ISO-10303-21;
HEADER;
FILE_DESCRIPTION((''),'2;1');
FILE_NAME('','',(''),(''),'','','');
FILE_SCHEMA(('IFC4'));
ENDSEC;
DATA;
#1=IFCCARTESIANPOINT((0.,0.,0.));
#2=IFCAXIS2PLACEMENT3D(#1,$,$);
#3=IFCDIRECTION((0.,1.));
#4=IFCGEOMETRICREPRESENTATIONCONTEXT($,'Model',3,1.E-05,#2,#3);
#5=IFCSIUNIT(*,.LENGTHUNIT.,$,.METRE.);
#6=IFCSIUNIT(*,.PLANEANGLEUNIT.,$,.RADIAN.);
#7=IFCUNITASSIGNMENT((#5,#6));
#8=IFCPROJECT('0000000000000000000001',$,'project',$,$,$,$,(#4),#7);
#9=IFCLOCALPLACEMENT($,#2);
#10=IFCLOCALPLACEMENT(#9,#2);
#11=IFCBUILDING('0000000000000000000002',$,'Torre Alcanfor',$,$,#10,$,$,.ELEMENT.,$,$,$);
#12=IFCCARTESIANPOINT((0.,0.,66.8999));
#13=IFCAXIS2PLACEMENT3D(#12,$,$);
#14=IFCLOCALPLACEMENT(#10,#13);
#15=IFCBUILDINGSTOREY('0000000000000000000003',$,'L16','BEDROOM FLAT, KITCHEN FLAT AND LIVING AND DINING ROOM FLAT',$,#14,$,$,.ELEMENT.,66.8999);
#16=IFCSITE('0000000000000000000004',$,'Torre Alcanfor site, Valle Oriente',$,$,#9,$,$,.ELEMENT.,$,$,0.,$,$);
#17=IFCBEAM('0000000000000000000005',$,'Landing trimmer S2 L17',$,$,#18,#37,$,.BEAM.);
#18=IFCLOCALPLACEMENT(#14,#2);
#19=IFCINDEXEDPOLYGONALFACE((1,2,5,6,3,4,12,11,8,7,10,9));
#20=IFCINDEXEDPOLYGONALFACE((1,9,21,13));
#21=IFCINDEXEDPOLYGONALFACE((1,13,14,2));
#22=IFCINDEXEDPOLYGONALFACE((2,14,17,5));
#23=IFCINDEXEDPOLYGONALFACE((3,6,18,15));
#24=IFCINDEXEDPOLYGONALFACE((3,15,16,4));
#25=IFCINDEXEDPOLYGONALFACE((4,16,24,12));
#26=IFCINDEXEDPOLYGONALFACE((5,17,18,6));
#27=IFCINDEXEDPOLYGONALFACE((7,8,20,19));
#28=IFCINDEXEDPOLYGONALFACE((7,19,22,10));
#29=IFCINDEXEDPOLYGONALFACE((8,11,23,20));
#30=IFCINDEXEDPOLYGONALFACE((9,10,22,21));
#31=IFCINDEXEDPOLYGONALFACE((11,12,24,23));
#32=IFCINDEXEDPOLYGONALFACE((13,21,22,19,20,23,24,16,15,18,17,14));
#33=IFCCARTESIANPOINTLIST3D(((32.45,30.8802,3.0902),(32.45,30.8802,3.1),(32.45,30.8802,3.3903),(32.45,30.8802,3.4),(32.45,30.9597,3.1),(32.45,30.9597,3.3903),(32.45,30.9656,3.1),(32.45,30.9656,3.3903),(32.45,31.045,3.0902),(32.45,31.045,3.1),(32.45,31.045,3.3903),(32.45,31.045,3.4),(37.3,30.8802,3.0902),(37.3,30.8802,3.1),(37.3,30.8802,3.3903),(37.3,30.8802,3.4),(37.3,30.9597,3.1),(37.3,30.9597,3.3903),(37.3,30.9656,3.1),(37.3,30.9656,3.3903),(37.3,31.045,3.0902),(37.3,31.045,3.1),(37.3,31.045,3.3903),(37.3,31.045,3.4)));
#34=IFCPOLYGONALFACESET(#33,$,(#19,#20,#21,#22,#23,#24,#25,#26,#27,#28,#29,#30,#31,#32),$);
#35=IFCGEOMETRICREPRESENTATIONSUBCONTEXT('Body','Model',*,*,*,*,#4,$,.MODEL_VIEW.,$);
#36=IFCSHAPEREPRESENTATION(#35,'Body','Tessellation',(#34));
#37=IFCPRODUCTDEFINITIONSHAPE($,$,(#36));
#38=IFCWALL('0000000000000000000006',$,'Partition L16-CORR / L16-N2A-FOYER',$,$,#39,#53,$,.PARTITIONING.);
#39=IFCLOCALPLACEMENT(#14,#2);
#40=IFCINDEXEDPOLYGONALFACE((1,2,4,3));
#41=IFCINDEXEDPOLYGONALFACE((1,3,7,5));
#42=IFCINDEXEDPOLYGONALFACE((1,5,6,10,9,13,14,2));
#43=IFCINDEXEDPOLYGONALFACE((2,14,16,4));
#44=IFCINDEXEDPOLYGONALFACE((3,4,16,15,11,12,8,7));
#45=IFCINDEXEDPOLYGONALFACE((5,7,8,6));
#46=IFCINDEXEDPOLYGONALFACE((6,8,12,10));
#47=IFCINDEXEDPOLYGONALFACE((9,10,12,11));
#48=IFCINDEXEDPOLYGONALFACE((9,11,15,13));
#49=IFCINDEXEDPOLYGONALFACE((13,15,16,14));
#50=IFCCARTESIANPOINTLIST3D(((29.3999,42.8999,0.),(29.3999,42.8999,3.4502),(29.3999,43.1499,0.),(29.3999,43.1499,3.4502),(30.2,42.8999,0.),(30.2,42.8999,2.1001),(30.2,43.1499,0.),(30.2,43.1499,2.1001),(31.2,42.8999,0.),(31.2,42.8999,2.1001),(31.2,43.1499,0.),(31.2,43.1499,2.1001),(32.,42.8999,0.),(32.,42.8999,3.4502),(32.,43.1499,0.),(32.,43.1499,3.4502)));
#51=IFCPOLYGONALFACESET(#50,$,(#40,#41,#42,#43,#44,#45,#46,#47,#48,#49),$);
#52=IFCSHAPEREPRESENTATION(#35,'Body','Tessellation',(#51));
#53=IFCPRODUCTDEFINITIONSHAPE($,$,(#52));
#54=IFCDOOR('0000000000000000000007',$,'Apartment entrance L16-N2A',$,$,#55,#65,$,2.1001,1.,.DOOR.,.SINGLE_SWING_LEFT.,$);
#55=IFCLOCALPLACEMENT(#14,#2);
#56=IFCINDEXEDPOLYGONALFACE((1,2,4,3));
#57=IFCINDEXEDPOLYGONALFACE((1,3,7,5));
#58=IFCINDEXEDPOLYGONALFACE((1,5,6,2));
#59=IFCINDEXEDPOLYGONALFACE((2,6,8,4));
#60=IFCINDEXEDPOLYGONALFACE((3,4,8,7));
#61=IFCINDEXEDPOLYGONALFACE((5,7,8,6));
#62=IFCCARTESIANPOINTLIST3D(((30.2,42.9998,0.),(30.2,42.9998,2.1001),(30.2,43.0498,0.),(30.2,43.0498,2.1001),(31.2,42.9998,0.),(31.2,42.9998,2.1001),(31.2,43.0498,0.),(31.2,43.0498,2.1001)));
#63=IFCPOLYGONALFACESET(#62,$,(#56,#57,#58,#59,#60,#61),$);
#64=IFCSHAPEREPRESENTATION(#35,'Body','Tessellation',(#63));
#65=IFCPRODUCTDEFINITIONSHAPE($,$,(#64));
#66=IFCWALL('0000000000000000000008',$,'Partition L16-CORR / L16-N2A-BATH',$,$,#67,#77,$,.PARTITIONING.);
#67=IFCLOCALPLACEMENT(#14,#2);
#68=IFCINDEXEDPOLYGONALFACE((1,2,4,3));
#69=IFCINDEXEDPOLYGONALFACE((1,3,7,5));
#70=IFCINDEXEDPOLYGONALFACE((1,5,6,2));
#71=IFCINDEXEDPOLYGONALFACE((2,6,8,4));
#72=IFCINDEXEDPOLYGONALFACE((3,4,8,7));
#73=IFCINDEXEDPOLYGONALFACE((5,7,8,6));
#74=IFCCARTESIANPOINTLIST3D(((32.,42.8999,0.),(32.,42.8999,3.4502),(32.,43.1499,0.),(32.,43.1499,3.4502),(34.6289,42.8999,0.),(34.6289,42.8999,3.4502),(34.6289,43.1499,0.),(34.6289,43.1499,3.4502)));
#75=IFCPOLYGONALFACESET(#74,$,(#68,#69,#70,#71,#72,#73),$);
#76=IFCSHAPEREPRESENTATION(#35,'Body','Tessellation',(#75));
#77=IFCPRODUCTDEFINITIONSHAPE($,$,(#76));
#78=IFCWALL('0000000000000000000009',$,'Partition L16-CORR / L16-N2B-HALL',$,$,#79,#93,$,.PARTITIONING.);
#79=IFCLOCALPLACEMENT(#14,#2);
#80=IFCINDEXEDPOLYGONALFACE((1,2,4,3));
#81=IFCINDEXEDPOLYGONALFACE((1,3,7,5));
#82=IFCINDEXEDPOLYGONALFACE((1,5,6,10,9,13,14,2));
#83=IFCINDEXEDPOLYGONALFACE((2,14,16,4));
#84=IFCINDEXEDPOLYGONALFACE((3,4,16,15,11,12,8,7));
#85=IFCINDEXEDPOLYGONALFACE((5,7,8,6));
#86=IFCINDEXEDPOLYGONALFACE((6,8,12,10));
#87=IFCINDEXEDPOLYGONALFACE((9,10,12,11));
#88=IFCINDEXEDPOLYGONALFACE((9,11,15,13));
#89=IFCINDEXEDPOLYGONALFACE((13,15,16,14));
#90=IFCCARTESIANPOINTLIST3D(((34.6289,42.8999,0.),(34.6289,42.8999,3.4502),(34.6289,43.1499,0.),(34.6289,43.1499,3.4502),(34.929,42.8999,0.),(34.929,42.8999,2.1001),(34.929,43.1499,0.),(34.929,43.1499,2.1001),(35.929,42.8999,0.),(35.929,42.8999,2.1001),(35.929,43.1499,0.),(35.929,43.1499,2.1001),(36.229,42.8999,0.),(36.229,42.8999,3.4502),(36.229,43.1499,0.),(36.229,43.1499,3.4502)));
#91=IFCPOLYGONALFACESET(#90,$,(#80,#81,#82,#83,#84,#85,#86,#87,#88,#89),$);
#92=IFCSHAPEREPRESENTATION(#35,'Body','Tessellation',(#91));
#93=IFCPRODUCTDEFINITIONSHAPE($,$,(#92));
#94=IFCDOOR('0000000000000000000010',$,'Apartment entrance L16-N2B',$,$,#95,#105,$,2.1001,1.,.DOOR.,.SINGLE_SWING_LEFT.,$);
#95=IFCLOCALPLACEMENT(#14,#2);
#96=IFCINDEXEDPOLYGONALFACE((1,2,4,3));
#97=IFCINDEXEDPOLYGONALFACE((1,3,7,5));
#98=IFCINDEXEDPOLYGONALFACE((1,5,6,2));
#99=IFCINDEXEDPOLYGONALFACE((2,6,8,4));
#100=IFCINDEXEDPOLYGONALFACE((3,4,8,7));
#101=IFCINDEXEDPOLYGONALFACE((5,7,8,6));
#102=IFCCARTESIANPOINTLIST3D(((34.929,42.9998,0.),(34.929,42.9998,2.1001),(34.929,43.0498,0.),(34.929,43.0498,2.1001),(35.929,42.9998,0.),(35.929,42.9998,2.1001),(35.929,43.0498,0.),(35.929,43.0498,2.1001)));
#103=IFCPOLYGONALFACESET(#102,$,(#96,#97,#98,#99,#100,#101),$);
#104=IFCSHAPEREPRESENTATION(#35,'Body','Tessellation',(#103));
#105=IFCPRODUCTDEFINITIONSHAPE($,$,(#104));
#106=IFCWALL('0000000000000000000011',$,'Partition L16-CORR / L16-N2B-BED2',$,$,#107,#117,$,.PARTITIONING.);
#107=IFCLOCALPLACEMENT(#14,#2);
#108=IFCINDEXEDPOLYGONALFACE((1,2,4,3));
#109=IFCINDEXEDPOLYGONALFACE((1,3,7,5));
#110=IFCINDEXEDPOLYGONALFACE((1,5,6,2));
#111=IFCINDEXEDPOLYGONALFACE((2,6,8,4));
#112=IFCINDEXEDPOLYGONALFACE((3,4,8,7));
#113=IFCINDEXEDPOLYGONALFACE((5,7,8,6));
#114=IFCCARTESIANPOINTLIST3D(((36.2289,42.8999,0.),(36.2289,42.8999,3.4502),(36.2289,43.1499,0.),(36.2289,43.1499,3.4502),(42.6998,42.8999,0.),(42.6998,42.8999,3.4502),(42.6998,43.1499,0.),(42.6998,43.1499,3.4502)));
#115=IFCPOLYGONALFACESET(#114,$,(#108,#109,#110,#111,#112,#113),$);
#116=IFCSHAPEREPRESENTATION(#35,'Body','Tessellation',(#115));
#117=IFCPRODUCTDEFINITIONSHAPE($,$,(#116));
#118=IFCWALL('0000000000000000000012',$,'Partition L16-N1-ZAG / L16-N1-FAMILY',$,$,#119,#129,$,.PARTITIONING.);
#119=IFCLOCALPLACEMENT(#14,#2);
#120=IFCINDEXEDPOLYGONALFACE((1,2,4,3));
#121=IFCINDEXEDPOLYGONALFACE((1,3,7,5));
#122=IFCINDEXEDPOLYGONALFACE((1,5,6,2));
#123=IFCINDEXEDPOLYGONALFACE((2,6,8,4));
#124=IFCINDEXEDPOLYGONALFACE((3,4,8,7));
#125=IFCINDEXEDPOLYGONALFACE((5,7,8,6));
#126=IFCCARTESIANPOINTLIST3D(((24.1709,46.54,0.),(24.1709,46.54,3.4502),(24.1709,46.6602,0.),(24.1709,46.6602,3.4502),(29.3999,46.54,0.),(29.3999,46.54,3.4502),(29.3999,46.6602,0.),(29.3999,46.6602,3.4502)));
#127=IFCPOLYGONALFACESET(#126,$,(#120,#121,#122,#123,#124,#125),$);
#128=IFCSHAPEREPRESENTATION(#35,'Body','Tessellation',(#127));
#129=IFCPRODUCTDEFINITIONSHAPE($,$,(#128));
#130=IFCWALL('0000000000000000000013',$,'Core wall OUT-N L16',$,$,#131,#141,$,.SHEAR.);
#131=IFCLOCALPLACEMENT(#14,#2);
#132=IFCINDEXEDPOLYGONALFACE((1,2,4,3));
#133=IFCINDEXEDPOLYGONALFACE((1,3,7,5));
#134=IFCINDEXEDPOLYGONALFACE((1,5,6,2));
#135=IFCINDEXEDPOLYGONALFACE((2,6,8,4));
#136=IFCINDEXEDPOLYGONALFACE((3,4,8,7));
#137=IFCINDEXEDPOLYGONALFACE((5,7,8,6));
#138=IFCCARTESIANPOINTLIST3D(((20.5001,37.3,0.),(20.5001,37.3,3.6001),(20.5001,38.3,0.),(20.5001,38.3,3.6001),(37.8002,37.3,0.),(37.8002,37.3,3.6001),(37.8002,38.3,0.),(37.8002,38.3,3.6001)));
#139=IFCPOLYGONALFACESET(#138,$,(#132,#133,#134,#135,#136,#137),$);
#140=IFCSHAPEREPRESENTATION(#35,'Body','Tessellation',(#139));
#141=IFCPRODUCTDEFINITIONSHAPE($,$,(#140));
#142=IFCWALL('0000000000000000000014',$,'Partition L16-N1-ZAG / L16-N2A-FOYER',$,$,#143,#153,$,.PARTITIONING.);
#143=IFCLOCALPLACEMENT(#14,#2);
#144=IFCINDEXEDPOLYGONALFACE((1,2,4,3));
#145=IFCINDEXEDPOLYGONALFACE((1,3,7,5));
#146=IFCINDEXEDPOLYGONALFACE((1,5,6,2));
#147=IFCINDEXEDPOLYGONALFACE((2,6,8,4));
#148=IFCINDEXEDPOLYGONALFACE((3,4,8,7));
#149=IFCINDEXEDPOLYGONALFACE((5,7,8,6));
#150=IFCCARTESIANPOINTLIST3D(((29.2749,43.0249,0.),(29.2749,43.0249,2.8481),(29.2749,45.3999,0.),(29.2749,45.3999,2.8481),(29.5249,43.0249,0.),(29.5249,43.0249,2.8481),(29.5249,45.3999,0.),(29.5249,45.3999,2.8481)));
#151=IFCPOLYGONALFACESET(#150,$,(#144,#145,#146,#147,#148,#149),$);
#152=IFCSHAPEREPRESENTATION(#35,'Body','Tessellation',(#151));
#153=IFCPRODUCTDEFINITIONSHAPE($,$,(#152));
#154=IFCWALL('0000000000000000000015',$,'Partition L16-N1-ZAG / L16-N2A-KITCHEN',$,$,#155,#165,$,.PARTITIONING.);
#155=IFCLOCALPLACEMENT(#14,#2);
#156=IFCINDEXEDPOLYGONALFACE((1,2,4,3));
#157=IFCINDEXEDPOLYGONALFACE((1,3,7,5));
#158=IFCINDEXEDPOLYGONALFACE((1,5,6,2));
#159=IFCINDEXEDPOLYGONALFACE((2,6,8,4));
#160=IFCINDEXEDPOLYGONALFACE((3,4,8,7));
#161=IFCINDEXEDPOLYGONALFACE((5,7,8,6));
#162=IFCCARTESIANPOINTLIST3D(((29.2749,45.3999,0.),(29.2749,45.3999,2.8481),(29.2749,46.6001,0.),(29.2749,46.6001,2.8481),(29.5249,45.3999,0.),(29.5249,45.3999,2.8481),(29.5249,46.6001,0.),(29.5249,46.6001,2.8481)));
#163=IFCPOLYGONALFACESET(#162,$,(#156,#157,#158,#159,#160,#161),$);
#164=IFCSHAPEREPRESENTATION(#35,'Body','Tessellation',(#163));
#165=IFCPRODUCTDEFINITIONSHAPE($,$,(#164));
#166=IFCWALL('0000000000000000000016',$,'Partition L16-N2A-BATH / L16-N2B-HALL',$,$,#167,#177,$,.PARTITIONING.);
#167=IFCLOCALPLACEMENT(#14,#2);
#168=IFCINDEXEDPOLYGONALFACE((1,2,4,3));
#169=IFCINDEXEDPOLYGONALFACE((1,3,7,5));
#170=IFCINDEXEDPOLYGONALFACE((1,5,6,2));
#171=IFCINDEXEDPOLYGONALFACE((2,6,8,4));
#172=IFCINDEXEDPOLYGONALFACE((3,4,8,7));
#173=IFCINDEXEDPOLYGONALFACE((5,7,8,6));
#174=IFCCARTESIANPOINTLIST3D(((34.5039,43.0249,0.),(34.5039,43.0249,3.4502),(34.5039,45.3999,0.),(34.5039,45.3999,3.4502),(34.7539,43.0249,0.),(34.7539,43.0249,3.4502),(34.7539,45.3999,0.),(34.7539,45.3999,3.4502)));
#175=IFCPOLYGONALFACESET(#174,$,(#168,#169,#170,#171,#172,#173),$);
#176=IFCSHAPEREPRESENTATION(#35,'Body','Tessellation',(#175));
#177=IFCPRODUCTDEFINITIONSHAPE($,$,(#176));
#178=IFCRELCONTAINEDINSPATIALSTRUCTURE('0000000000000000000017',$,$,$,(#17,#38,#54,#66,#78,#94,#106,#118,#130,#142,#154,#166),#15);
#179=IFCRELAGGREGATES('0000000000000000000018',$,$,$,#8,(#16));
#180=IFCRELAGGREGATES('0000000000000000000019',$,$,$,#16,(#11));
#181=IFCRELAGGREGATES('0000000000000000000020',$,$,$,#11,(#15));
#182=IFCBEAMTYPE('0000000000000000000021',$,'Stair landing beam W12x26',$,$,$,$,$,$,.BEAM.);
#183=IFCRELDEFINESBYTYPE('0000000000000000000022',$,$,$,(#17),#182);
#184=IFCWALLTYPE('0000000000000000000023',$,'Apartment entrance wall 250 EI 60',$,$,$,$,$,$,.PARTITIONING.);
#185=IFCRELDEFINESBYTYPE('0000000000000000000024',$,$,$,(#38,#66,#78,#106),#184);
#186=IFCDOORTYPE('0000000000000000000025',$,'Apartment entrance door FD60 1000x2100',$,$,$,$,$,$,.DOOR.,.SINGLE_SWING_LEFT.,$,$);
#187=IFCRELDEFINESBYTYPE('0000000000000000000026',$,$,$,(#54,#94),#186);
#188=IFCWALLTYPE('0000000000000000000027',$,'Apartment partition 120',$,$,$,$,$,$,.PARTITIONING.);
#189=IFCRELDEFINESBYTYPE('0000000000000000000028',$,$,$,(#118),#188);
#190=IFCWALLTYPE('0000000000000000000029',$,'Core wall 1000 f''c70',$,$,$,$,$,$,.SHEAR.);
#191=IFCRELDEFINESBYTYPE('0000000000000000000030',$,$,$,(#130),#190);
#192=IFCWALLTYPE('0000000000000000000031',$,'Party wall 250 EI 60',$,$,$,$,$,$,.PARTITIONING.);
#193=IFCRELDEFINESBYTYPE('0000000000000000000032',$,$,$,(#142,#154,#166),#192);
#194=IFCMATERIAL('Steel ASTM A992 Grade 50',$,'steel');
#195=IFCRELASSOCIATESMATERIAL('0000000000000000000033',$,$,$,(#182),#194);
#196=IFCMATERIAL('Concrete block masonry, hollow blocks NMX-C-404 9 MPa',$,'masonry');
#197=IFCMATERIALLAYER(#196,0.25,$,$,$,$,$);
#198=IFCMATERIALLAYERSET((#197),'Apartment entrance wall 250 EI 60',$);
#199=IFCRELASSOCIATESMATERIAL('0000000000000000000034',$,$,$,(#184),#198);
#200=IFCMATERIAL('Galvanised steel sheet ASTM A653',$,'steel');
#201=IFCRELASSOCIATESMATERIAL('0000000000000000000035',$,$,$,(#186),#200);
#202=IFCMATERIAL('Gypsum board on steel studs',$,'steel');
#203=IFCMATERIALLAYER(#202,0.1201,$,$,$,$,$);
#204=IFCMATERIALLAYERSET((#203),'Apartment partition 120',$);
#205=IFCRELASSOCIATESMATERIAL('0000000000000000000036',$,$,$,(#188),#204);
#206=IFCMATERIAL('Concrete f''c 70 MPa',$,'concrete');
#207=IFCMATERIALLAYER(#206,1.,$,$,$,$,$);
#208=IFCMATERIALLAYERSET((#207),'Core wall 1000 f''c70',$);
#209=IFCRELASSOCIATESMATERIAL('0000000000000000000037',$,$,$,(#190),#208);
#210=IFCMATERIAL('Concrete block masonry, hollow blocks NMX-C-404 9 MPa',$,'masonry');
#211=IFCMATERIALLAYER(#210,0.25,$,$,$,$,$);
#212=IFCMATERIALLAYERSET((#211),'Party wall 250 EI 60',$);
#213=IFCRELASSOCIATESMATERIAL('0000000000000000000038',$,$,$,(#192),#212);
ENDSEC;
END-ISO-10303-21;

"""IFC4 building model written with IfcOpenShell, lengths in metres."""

from ifc_helpers import new_model, si_unit, direction, frame, frame_2d, origin, origin_2d, place, context, subcontext, project, spatial, rectangle, i_section, extrude, material, layer, layer_set, material_profile, profile_set, type_object, element, fill, save


model = new_model("IFC4")

# Units and contexts
model_context = context("Model", 3, precision=1e-05, world=origin(), true_north=direction((0.0, 1.0)))
body_context = subcontext(model_context, "Body", "Model", "MODEL_VIEW")
ifc_project = project(units=[si_unit("LENGTHUNIT", "METRE"), si_unit("PLANEANGLEUNIT", "RADIAN")], contexts=[model_context])

# Site, building, storey
site_placement = place(None, origin())
site = spatial("IfcSite", under=ifc_project, at=site_placement, Name="Torre Alcanfor site, Valle Oriente", CompositionType="ELEMENT", RefElevation=0.0)
building_placement = place(site_placement, origin())
building = spatial("IfcBuilding", under=site, at=building_placement, Name="Torre Alcanfor", CompositionType="ELEMENT")
storey_placement = place(building_placement, frame((0.0, 0.0, 66.8999)))
storey = spatial("IfcBuildingStorey", under=building, at=storey_placement, Name="L16", Description="BEDROOM FLAT, KITCHEN FLAT AND LIVING AND DINING ROOM FLAT", CompositionType="ELEMENT", Elevation=66.8999)

# Beam
ifc_material_1 = material(Name="Steel ASTM A992 Grade 50", Category="steel")
ifc_material_profile_1 = material_profile(ifc_material_1, i_section(OverallWidth=0.1648, OverallDepth=0.3098, WebThickness=0.0059, FlangeThickness=0.0098, at=origin_2d()), Name="W12x26")
ifc_profile_set_1 = profile_set([ifc_material_profile_1], Name="Steel ASTM A992 Grade 50")
beam_type_1 = type_object("IfcBeamType", Name="Stair landing beam W12x26", PredefinedType="BEAM", material=ifc_profile_set_1)
beam_1_placement = place(storey_placement, frame((32.45, 30.9626, 3.2451), z_axis=(1.0, 0.0, 0.0), x_axis=(0.0, 1.0, 0.0)))
element("IfcBeam", 1, at=beam_1_placement, inside=storey, type_object=beam_type_1, Name="Landing trimmer S2 L17", PredefinedType="BEAM", context=body_context, shape_type="SweptSolid", body=[
    extrude(i_section(OverallWidth=0.1648, OverallDepth=0.3098, WebThickness=0.0059, FlangeThickness=0.0098, at=origin_2d()), origin(), (0.0, 0.0, 1.0), 4.8501),
])

# Wall, opening, door
ifc_material_2 = material(Name="Concrete block masonry, hollow blocks NMX-C-404 9 MPa", Category="masonry")
ifc_layer_1 = layer(ifc_material_2, 0.25)
ifc_layer_set_1 = layer_set([ifc_layer_1], Name="Apartment entrance wall 250 EI 60")
wall_type_1 = type_object("IfcWallType", Name="Apartment entrance wall 250 EI 60", PredefinedType="PARTITIONING", material=ifc_layer_set_1)
wall_1_placement = place(storey_placement, frame((29.3999, 43.0249, 0.0), z_axis=(0.0, 0.0, 1.0), x_axis=(1.0, 0.0, 0.0)))
wall_1 = element("IfcWall", 2, at=wall_1_placement, inside=storey, type_object=wall_type_1, Name="Partition L16-CORR / L16-N2A-FOYER", PredefinedType="PARTITIONING", context=body_context, shape_type="SweptSolid", body=[
    extrude(rectangle(XDim=2.6001, YDim=0.25, at=frame_2d((1.3, 0.0))), origin(), (0.0, 0.0, 1.0), 3.4502),
])
opening_1_placement = place(wall_1_placement, frame((0.8, 0.0, 0.0)))
opening_1 = element("IfcOpeningElement", 3, at=opening_1_placement, cuts=wall_1, PredefinedType="OPENING", context=body_context, shape_type="SweptSolid", body=[
    extrude(rectangle(XDim=1.0, YDim=2.1001, at=frame_2d((0.5, 1.05))), frame((0.0, 0.135, 0.0), z_axis=(0.0, -1.0, 0.0), x_axis=(1.0, 0.0, 0.0)), (0.0, 0.0, 1.0), 0.27),
])
ifc_material_3 = material(Name="Galvanised steel sheet ASTM A653", Category="steel")
door_type_1 = type_object("IfcDoorType", Name="Apartment entrance door FD60 1000x2100", OperationType="SINGLE_SWING_LEFT", PredefinedType="DOOR", material=ifc_material_3)
door_1_placement = place(opening_1_placement, origin())
door_1 = element("IfcDoor", 4, at=door_1_placement, inside=storey, type_object=door_type_1, Name="Apartment entrance L16-N2A", OperationType="SINGLE_SWING_LEFT", OverallHeight=2.1001, OverallWidth=1.0, PredefinedType="DOOR", context=body_context, shape_type="SweptSolid", body=[
    extrude(rectangle(XDim=1.0, YDim=2.1001, at=frame_2d((0.5, 1.05))), frame((0.0, 0.0249, 0.0), z_axis=(0.0, -1.0, 0.0), x_axis=(1.0, 0.0, 0.0)), (0.0, 0.0, 1.0), 0.05),
])
fill(opening_1, door_1)

# Wall
wall_2_placement = place(storey_placement, frame((32.0, 43.0249, 0.0), z_axis=(0.0, 0.0, 1.0), x_axis=(1.0, 0.0, 0.0)))
element("IfcWall", 5, at=wall_2_placement, inside=storey, type_object=wall_type_1, Name="Partition L16-CORR / L16-N2A-BATH", PredefinedType="PARTITIONING", context=body_context, shape_type="SweptSolid", body=[
    extrude(rectangle(XDim=2.6289, YDim=0.25, at=frame_2d((1.3145, 0.0))), origin(), (0.0, 0.0, 1.0), 3.4502),
])

# Wall, opening, door
wall_3_placement = place(storey_placement, frame((34.6289, 43.0249, 0.0), z_axis=(0.0, 0.0, 1.0), x_axis=(1.0, 0.0, 0.0)))
wall_3 = element("IfcWall", 6, at=wall_3_placement, inside=storey, type_object=wall_type_1, Name="Partition L16-CORR / L16-N2B-HALL", PredefinedType="PARTITIONING", context=body_context, shape_type="SweptSolid", body=[
    extrude(rectangle(XDim=1.6001, YDim=0.25, at=frame_2d((0.8, 0.0))), origin(), (0.0, 0.0, 1.0), 3.4502),
])
opening_2_placement = place(wall_3_placement, frame((0.3, 0.0, 0.0)))
opening_2 = element("IfcOpeningElement", 7, at=opening_2_placement, cuts=wall_3, PredefinedType="OPENING", context=body_context, shape_type="SweptSolid", body=[
    extrude(rectangle(XDim=1.0, YDim=2.1001, at=frame_2d((0.5, 1.05))), frame((0.0, 0.135, 0.0), z_axis=(0.0, -1.0, 0.0), x_axis=(1.0, 0.0, 0.0)), (0.0, 0.0, 1.0), 0.27),
])
door_2_placement = place(opening_2_placement, origin())
door_2 = element("IfcDoor", 8, at=door_2_placement, inside=storey, type_object=door_type_1, Name="Apartment entrance L16-N2B", OperationType="SINGLE_SWING_LEFT", OverallHeight=2.1001, OverallWidth=1.0, PredefinedType="DOOR", context=body_context, shape_type="SweptSolid", body=[
    extrude(rectangle(XDim=1.0, YDim=2.1001, at=frame_2d((0.5, 1.05))), frame((0.0, 0.0249, 0.0), z_axis=(0.0, -1.0, 0.0), x_axis=(1.0, 0.0, 0.0)), (0.0, 0.0, 1.0), 0.05),
])
fill(opening_2, door_2)

# Walls
wall_4_placement = place(storey_placement, frame((36.229, 43.0249, 0.0), z_axis=(0.0, 0.0, 1.0), x_axis=(1.0, 0.0, 0.0)))
element("IfcWall", 9, at=wall_4_placement, inside=storey, type_object=wall_type_1, Name="Partition L16-CORR / L16-N2B-BED2", PredefinedType="PARTITIONING", context=body_context, shape_type="SweptSolid", body=[
    extrude(rectangle(XDim=6.4709, YDim=0.25, at=frame_2d((3.2354, 0.0))), origin(), (0.0, 0.0, 1.0), 3.4502),
])
ifc_material_4 = material(Name="Gypsum board on steel studs", Category="steel")
ifc_layer_2 = layer(ifc_material_4, 0.1201)
ifc_layer_set_2 = layer_set([ifc_layer_2], Name="Apartment partition 120")
wall_type_2 = type_object("IfcWallType", Name="Apartment partition 120", PredefinedType="PARTITIONING", material=ifc_layer_set_2)
wall_5_placement = place(storey_placement, frame((29.3999, 46.6001, 0.0), z_axis=(0.0, 0.0, 1.0), x_axis=(-1.0, 0.0, 0.0)))
element("IfcWall", 10, at=wall_5_placement, inside=storey, type_object=wall_type_2, Name="Partition L16-N1-ZAG / L16-N1-FAMILY", PredefinedType="PARTITIONING", context=body_context, shape_type="SweptSolid", body=[
    extrude(rectangle(XDim=5.229, YDim=0.1201, at=frame_2d((2.6145, 0.0))), origin(), (0.0, 0.0, 1.0), 3.4502),
])
ifc_material_5 = material(Name="Concrete f'c 70 MPa", Category="concrete")
ifc_layer_3 = layer(ifc_material_5, 1.0)
ifc_layer_set_3 = layer_set([ifc_layer_3], Name="Core wall 1000 f'c70")
wall_type_3 = type_object("IfcWallType", Name="Core wall 1000 f'c70", PredefinedType="SHEAR", material=ifc_layer_set_3)
wall_6_placement = place(storey_placement, frame((37.8, 37.8, 0.0), z_axis=(0.0, 0.0, 1.0), x_axis=(-1.0, 0.0, 0.0)))
element("IfcWall", 11, at=wall_6_placement, inside=storey, type_object=wall_type_3, Name="Core wall OUT-N L16", PredefinedType="SHEAR", context=body_context, shape_type="SweptSolid", body=[
    extrude(rectangle(XDim=17.3, YDim=1.0, at=frame_2d((8.6499, 0.0))), origin(), (0.0, 0.0, 1.0), 3.6001),
])
ifc_material_6 = material(Name="Concrete block masonry, hollow blocks NMX-C-404 9 MPa", Category="masonry")
ifc_layer_4 = layer(ifc_material_6, 0.25)
ifc_layer_set_4 = layer_set([ifc_layer_4], Name="Party wall 250 EI 60")
wall_type_4 = type_object("IfcWallType", Name="Party wall 250 EI 60", PredefinedType="PARTITIONING", material=ifc_layer_set_4)
wall_7_placement = place(storey_placement, frame((29.3999, 43.0249, 0.0), z_axis=(0.0, 0.0, 1.0), x_axis=(0.0, 1.0, 0.0)))
element("IfcWall", 12, at=wall_7_placement, inside=storey, type_object=wall_type_4, Name="Partition L16-N1-ZAG / L16-N2A-FOYER", PredefinedType="PARTITIONING", context=body_context, shape_type="SweptSolid", body=[
    extrude(rectangle(XDim=2.375, YDim=0.25, at=frame_2d((1.1875, 0.0))), origin(), (0.0, 0.0, 1.0), 2.8481),
])
wall_8_placement = place(storey_placement, frame((29.3999, 45.3999, 0.0), z_axis=(0.0, 0.0, 1.0), x_axis=(0.0, 1.0, 0.0)))
element("IfcWall", 13, at=wall_8_placement, inside=storey, type_object=wall_type_4, Name="Partition L16-N1-ZAG / L16-N2A-KITCHEN", PredefinedType="PARTITIONING", context=body_context, shape_type="SweptSolid", body=[
    extrude(rectangle(XDim=1.2002, YDim=0.25, at=frame_2d((0.6001, 0.0))), origin(), (0.0, 0.0, 1.0), 2.8481),
])
wall_9_placement = place(storey_placement, frame((34.6289, 45.3999, 0.0), z_axis=(0.0, 0.0, 1.0), x_axis=(0.0, -1.0, 0.0)))
element("IfcWall", 14, at=wall_9_placement, inside=storey, type_object=wall_type_4, Name="Partition L16-N2A-BATH / L16-N2B-HALL", PredefinedType="PARTITIONING", context=body_context, shape_type="SweptSolid", body=[
    extrude(rectangle(XDim=2.375, YDim=0.25, at=frame_2d((1.1875, 0.0))), origin(), (0.0, 0.0, 1.0), 3.4502),
])

save(model, "model.ifc")
